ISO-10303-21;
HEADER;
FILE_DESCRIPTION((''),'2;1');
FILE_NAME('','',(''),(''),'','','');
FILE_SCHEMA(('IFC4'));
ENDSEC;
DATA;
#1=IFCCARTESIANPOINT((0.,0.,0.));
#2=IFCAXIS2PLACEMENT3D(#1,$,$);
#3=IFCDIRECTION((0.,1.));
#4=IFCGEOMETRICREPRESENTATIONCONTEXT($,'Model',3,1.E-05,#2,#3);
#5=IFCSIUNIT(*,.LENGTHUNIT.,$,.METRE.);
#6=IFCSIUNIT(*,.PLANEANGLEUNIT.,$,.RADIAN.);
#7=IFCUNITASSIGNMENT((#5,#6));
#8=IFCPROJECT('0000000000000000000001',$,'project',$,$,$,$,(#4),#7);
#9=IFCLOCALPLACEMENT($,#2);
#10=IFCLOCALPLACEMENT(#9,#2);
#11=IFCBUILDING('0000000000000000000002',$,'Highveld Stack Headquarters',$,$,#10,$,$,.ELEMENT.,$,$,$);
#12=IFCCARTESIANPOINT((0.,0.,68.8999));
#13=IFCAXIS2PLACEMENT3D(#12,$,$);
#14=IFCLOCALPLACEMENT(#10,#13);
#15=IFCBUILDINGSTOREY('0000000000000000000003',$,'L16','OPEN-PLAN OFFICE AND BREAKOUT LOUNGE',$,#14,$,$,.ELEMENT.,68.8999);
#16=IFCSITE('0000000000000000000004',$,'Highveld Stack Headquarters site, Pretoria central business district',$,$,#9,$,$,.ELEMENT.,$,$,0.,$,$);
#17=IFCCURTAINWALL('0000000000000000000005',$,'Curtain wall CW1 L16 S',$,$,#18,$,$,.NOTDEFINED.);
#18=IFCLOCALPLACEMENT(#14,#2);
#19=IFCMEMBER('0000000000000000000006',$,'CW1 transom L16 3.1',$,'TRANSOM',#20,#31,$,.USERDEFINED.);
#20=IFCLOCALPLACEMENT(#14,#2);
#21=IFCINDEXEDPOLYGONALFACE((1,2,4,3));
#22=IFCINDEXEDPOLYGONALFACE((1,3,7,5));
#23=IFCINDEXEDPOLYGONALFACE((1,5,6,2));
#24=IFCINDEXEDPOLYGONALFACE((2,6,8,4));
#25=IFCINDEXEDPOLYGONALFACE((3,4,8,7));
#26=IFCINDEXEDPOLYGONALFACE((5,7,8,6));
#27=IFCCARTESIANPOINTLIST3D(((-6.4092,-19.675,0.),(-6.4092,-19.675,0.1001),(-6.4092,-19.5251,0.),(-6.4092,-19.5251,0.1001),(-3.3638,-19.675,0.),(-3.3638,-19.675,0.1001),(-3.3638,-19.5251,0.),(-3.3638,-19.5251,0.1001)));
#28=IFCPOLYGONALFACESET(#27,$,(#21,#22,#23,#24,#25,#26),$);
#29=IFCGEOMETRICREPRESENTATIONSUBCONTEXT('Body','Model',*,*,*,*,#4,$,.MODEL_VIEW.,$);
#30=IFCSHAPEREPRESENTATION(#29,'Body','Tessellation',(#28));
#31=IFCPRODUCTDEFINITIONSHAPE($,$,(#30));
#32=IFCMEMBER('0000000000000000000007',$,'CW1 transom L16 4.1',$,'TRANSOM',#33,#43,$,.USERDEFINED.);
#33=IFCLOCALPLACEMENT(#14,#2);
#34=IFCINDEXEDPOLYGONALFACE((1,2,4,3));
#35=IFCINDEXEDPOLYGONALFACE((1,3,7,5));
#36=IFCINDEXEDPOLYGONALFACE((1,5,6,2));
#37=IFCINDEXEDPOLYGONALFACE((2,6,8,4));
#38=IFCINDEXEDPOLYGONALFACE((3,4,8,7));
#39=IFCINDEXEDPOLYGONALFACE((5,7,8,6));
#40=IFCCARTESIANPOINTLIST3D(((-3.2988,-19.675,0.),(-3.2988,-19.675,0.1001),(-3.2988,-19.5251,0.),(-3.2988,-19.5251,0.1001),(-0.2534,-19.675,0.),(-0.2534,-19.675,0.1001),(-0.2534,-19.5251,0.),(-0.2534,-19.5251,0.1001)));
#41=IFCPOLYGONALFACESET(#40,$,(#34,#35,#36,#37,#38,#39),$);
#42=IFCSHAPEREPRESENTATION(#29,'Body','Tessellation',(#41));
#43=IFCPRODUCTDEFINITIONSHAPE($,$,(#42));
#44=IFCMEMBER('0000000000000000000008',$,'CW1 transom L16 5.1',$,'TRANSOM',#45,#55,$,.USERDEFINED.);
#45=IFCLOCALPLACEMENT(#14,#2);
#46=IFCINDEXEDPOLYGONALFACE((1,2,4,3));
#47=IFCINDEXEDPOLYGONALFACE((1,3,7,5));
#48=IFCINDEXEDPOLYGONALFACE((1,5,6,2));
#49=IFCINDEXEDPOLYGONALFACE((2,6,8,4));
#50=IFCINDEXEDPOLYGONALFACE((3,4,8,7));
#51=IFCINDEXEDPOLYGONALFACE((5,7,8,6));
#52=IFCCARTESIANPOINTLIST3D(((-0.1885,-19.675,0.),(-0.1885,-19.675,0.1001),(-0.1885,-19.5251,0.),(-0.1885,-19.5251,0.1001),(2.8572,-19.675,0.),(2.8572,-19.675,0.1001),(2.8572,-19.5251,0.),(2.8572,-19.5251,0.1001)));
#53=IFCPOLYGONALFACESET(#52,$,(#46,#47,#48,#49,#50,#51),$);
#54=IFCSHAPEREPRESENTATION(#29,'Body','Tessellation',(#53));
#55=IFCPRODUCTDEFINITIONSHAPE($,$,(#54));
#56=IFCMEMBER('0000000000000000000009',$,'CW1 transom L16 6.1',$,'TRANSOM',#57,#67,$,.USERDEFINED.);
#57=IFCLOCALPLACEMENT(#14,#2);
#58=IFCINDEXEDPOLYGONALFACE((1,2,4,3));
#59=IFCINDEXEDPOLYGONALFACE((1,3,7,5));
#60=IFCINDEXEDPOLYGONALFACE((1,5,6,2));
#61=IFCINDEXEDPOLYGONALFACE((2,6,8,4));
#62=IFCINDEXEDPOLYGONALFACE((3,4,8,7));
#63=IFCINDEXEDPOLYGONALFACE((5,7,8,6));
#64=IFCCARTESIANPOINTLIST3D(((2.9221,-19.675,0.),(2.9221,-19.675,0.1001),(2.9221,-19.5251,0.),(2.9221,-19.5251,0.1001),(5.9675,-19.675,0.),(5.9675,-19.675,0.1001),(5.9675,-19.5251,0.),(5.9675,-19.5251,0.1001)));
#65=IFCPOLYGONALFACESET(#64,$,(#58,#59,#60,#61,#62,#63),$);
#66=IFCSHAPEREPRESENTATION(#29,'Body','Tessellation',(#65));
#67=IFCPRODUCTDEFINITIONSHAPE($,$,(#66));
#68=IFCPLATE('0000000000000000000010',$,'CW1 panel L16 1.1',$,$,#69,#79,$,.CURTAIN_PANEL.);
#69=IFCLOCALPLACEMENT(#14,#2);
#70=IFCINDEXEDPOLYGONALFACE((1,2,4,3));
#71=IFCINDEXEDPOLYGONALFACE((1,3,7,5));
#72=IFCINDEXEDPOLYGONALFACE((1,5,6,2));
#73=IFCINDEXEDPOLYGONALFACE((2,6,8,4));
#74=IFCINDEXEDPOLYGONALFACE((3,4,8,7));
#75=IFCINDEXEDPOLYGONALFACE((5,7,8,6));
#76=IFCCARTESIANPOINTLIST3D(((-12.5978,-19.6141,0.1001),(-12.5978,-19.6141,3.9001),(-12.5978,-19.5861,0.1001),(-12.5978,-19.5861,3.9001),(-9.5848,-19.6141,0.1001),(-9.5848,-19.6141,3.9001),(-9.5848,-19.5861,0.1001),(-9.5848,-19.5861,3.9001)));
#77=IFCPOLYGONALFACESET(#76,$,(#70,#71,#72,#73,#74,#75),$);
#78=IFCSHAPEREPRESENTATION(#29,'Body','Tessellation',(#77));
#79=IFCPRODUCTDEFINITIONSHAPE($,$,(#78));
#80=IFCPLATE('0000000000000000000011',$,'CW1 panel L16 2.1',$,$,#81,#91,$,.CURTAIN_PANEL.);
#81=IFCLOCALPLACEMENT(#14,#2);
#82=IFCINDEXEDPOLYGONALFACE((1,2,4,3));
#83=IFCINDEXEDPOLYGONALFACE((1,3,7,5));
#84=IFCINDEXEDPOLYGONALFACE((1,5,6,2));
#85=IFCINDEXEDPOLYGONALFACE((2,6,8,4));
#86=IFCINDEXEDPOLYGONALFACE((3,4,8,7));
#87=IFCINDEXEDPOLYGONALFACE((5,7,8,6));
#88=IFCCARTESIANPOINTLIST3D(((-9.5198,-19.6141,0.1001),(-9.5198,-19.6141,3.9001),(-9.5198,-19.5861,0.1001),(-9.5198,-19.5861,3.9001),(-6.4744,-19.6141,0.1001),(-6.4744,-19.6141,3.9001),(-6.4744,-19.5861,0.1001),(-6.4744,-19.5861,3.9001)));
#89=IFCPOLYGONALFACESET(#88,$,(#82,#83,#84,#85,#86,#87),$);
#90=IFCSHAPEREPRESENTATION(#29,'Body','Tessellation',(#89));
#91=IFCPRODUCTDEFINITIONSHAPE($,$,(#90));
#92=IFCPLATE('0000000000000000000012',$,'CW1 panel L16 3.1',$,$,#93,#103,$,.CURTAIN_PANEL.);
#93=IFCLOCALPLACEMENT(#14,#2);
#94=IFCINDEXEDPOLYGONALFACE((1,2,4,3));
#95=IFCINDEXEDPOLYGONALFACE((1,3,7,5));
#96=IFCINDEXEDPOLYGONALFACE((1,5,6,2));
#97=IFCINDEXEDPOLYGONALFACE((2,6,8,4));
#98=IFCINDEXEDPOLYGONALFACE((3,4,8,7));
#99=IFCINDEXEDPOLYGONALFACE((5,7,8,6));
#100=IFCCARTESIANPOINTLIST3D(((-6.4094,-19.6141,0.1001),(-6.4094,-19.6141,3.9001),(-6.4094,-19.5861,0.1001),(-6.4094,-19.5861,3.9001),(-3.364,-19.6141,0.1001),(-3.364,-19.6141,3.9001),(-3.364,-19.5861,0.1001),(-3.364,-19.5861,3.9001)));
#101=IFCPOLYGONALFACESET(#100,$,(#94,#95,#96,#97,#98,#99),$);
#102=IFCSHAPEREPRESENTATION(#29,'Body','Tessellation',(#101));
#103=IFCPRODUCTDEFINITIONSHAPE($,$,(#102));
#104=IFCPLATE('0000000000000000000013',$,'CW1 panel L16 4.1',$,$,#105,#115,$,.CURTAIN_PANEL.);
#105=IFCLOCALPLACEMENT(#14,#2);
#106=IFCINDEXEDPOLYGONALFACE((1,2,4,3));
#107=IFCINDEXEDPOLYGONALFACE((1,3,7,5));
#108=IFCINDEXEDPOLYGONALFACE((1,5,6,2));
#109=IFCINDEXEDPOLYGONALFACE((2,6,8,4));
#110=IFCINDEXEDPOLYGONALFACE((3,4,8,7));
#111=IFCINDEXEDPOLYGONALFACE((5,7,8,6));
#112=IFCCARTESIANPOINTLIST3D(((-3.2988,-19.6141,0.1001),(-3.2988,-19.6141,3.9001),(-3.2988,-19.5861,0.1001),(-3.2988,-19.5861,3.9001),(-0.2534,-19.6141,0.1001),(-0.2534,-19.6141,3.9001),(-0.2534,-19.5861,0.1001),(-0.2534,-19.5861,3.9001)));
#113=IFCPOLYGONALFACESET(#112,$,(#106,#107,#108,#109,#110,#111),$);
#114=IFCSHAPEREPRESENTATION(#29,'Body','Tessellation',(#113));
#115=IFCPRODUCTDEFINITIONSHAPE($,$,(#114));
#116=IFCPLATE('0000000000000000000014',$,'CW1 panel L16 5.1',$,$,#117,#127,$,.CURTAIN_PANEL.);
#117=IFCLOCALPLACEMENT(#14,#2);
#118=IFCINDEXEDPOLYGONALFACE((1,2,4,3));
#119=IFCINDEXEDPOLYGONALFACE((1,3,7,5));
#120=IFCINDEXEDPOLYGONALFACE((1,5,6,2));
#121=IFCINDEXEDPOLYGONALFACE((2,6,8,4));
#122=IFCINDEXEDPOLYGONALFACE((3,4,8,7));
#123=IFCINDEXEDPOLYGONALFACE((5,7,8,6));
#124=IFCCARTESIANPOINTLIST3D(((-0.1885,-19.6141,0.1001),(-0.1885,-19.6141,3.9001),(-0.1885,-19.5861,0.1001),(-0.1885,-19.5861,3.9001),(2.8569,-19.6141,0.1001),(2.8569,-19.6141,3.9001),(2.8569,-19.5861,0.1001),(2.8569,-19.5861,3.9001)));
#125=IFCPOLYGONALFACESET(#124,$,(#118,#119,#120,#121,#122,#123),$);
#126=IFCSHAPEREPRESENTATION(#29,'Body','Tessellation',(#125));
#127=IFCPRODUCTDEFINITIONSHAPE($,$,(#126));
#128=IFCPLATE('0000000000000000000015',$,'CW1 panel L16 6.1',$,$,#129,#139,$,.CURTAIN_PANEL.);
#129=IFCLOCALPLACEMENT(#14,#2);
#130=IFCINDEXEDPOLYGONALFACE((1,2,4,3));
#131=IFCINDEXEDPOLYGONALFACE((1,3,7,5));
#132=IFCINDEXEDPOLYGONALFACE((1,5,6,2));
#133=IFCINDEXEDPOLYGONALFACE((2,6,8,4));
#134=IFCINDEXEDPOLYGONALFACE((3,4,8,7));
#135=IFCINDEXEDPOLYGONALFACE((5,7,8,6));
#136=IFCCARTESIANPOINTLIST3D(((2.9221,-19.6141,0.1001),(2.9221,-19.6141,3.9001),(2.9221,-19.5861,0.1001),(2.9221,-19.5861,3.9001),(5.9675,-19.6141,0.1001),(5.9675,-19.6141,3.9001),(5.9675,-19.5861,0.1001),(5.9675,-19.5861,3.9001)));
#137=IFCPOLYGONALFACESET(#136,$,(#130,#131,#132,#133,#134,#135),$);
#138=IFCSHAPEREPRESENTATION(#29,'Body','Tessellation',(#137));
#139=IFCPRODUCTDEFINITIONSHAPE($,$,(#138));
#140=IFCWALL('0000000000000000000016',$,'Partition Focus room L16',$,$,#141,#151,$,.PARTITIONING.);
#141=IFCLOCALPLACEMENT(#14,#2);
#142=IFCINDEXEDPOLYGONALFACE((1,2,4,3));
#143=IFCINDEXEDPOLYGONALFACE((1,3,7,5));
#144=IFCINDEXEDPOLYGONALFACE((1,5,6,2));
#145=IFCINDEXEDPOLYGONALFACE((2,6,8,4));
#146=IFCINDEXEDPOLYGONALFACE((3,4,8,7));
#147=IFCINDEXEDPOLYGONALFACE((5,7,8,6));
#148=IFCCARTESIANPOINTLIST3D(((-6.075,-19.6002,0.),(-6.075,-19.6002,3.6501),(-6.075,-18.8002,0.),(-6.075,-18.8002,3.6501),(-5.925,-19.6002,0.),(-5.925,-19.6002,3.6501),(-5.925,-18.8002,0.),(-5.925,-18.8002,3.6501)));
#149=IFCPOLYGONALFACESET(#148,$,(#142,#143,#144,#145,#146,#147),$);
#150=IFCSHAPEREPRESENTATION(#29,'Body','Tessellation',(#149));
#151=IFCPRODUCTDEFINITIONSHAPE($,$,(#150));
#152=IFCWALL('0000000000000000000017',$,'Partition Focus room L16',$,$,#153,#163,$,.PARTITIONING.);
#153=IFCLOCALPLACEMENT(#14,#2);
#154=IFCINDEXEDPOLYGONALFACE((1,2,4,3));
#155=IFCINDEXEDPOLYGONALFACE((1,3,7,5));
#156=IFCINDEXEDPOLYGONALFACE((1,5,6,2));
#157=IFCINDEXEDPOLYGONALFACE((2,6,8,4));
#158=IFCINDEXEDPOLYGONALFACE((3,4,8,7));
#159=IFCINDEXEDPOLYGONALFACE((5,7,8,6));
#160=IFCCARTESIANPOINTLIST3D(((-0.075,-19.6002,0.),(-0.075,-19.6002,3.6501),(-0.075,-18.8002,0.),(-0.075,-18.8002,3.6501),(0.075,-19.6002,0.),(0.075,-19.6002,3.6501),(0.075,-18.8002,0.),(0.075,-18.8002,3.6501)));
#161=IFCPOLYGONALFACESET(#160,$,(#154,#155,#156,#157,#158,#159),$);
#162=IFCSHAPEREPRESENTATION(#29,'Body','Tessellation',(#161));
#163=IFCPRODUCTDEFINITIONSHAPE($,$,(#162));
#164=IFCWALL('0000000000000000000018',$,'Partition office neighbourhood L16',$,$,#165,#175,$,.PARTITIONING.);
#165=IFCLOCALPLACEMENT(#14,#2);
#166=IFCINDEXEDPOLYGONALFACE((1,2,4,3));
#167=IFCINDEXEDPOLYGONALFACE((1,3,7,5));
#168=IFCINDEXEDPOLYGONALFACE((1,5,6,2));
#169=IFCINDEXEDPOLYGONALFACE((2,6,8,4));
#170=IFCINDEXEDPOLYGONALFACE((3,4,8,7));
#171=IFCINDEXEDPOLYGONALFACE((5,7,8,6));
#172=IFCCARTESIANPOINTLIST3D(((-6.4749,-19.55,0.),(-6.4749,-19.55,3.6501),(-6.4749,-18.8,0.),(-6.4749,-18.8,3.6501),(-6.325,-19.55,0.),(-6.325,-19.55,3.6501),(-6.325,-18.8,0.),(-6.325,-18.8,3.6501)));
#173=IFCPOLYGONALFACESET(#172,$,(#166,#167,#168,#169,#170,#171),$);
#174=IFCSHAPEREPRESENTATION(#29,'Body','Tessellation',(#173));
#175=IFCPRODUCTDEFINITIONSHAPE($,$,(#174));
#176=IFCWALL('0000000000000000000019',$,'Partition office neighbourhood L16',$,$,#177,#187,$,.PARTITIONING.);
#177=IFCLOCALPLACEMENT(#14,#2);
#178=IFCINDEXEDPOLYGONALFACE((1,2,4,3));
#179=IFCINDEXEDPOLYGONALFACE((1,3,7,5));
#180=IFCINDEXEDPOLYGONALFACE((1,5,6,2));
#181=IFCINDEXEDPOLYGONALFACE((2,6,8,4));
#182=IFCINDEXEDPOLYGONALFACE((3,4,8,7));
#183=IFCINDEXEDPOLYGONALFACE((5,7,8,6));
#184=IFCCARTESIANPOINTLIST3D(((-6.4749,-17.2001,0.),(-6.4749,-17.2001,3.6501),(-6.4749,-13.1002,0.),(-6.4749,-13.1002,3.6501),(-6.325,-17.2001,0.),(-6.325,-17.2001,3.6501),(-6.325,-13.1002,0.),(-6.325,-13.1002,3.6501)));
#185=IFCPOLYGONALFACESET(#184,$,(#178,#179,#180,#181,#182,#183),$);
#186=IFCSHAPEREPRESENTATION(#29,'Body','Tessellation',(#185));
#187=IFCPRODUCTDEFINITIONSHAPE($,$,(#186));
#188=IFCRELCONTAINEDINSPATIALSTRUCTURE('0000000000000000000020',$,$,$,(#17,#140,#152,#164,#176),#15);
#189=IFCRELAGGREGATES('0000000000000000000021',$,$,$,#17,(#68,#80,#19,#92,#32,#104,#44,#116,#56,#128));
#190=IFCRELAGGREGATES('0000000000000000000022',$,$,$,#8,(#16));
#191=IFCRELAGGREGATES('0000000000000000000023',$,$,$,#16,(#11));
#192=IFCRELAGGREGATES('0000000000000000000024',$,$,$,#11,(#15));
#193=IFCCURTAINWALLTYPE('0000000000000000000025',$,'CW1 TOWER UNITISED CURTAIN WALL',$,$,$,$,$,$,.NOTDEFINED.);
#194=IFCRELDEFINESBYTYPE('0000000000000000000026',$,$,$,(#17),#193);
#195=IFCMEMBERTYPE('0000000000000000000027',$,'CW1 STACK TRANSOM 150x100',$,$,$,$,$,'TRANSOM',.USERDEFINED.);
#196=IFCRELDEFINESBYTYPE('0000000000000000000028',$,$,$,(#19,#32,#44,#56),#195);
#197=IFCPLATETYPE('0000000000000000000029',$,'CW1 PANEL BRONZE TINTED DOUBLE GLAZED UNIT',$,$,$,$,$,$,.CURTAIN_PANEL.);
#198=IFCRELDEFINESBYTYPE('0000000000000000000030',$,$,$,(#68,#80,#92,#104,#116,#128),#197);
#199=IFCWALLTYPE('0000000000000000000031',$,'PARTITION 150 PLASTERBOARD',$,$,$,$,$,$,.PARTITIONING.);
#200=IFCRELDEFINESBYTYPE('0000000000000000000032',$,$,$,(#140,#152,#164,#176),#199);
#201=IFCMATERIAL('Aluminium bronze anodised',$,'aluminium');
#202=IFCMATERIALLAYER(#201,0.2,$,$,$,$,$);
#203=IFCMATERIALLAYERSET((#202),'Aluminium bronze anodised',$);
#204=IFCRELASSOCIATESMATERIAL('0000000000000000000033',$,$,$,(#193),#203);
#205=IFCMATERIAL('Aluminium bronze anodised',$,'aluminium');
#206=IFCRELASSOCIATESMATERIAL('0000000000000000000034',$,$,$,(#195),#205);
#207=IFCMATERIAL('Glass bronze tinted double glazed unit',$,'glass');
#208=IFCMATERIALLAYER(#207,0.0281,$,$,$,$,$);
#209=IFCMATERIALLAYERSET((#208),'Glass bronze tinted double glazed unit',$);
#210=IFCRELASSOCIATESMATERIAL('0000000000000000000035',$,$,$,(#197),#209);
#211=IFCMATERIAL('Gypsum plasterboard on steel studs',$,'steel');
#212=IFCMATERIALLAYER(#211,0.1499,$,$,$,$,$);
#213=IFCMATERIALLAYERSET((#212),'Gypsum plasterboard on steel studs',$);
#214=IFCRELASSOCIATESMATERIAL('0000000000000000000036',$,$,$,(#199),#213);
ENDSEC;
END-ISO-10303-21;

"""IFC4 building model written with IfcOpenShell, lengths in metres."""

from ifc_helpers import new_model, si_unit, direction, frame, frame_2d, origin, origin_2d, place, context, subcontext, project, spatial, rectangle, extrude, material, layer, layer_set, material_profile, profile_set, type_object, element, aggregate, save


model = new_model("IFC4")

# Units and contexts
model_context = context("Model", 3, precision=1e-05, world=origin(), true_north=direction((0.0, 1.0)))
body_context = subcontext(model_context, "Body", "Model", "MODEL_VIEW")
ifc_project = project(units=[si_unit("LENGTHUNIT", "METRE"), si_unit("PLANEANGLEUNIT", "RADIAN")], contexts=[model_context])

# Site, building, storey
site_placement = place(None, origin())
site = spatial("IfcSite", under=ifc_project, at=site_placement, Name="Highveld Stack Headquarters site, Pretoria central business district", CompositionType="ELEMENT", RefElevation=0.0)
building_placement = place(site_placement, origin())
building = spatial("IfcBuilding", under=site, at=building_placement, Name="Highveld Stack Headquarters", CompositionType="ELEMENT")
storey_placement = place(building_placement, frame((0.0, 0.0, 68.8999)))
storey = spatial("IfcBuildingStorey", under=building, at=storey_placement, Name="L16", Description="OPEN-PLAN OFFICE AND BREAKOUT LOUNGE", CompositionType="ELEMENT", Elevation=68.8999)

# Curtain wall, members, plates
ifc_material_1 = material(Name="Aluminium bronze anodised", Category="aluminium")
ifc_layer_1 = layer(ifc_material_1, 0.2)
ifc_layer_set_1 = layer_set([ifc_layer_1], Name="Aluminium bronze anodised")
curtain_wall_type = type_object("IfcCurtainWallType", Name="CW1 TOWER UNITISED CURTAIN WALL", PredefinedType="NOTDEFINED", material=ifc_layer_set_1)
curtain_wall_placement = place(storey_placement, origin())
curtain_wall = element("IfcCurtainWall", 1, at=curtain_wall_placement, inside=storey, type_object=curtain_wall_type, Name="Curtain wall CW1 L16 S", PredefinedType="NOTDEFINED")
ifc_material_2 = material(Name="Aluminium bronze anodised", Category="aluminium")
ifc_material_profile_1 = material_profile(ifc_material_2, rectangle(XDim=0.1499, YDim=0.1001, at=origin_2d()), Name="CW1 TRANSOM 150x100")
ifc_profile_set_1 = profile_set([ifc_material_profile_1], Name="Aluminium bronze anodised")
member_type_1 = type_object("IfcMemberType", Name="CW1 STACK TRANSOM 150x100", ElementType="TRANSOM", PredefinedType="USERDEFINED", material=ifc_profile_set_1)
member_1_placement = place(storey_placement, frame((-6.4092, -19.6001, 0.05), z_axis=(1.0, 0.0, 0.0), x_axis=(0.0, 1.0, 0.0)))
member_1 = element("IfcMember", 2, at=member_1_placement, type_object=member_type_1, Name="CW1 transom L16 3.1", ObjectType="TRANSOM", PredefinedType="USERDEFINED", context=body_context, shape_type="SweptSolid", body=[
    extrude(rectangle(XDim=0.1499, YDim=0.1001, at=origin_2d()), origin(), (0.0, 0.0, 1.0), 3.0454),
])
member_2_placement = place(storey_placement, frame((-3.2988, -19.6001, 0.05), z_axis=(1.0, 0.0, 0.0), x_axis=(0.0, 1.0, 0.0)))
member_2 = element("IfcMember", 3, at=member_2_placement, type_object=member_type_1, Name="CW1 transom L16 4.1", ObjectType="TRANSOM", PredefinedType="USERDEFINED", context=body_context, shape_type="SweptSolid", body=[
    extrude(rectangle(XDim=0.1499, YDim=0.1001, at=origin_2d()), origin(), (0.0, 0.0, 1.0), 3.0454),
])
member_3_placement = place(storey_placement, frame((-0.1885, -19.6001, 0.05), z_axis=(1.0, 0.0, 0.0), x_axis=(0.0, 1.0, 0.0)))
member_3 = element("IfcMember", 4, at=member_3_placement, type_object=member_type_1, Name="CW1 transom L16 5.1", ObjectType="TRANSOM", PredefinedType="USERDEFINED", context=body_context, shape_type="SweptSolid", body=[
    extrude(rectangle(XDim=0.1499, YDim=0.1001, at=origin_2d()), origin(), (0.0, 0.0, 1.0), 3.0457),
])
member_4_placement = place(storey_placement, frame((2.9221, -19.6001, 0.05), z_axis=(1.0, 0.0, 0.0), x_axis=(0.0, 1.0, 0.0)))
member_4 = element("IfcMember", 5, at=member_4_placement, type_object=member_type_1, Name="CW1 transom L16 6.1", ObjectType="TRANSOM", PredefinedType="USERDEFINED", context=body_context, shape_type="SweptSolid", body=[
    extrude(rectangle(XDim=0.1499, YDim=0.1001, at=origin_2d()), origin(), (0.0, 0.0, 1.0), 3.0454),
])
ifc_material_3 = material(Name="Glass bronze tinted double glazed unit", Category="glass")
ifc_layer_2 = layer(ifc_material_3, 0.0281)
ifc_layer_set_2 = layer_set([ifc_layer_2], Name="Glass bronze tinted double glazed unit")
plate_type = type_object("IfcPlateType", Name="CW1 PANEL BRONZE TINTED DOUBLE GLAZED UNIT", PredefinedType="CURTAIN_PANEL", material=ifc_layer_set_2)
plate_1_placement = place(storey_placement, frame((-11.0913, -19.6001, 0.1001), z_axis=(0.0, 0.0, 1.0), x_axis=(1.0, 0.0, 0.0)))
plate_1 = element("IfcPlate", 6, at=plate_1_placement, type_object=plate_type, Name="CW1 panel L16 1.1", PredefinedType="CURTAIN_PANEL", context=body_context, shape_type="SweptSolid", body=[
    extrude(rectangle(XDim=3.0129, YDim=0.0281, at=origin_2d()), origin(), (0.0, 0.0, 1.0), 3.8),
])
plate_2_placement = place(storey_placement, frame((-7.9971, -19.6001, 0.1001), z_axis=(0.0, 0.0, 1.0), x_axis=(1.0, 0.0, 0.0)))
plate_2 = element("IfcPlate", 7, at=plate_2_placement, type_object=plate_type, Name="CW1 panel L16 2.1", PredefinedType="CURTAIN_PANEL", context=body_context, shape_type="SweptSolid", body=[
    extrude(rectangle(XDim=3.0454, YDim=0.0281, at=origin_2d()), origin(), (0.0, 0.0, 1.0), 3.8),
])
plate_3_placement = place(storey_placement, frame((-4.8867, -19.6001, 0.1001), z_axis=(0.0, 0.0, 1.0), x_axis=(1.0, 0.0, 0.0)))
plate_3 = element("IfcPlate", 8, at=plate_3_placement, type_object=plate_type, Name="CW1 panel L16 3.1", PredefinedType="CURTAIN_PANEL", context=body_context, shape_type="SweptSolid", body=[
    extrude(rectangle(XDim=3.0454, YDim=0.0281, at=origin_2d()), origin(), (0.0, 0.0, 1.0), 3.8),
])
plate_4_placement = place(storey_placement, frame((-1.7761, -19.6001, 0.1001), z_axis=(0.0, 0.0, 1.0), x_axis=(1.0, 0.0, 0.0)))
plate_4 = element("IfcPlate", 9, at=plate_4_placement, type_object=plate_type, Name="CW1 panel L16 4.1", PredefinedType="CURTAIN_PANEL", context=body_context, shape_type="SweptSolid", body=[
    extrude(rectangle(XDim=3.0454, YDim=0.0281, at=origin_2d()), origin(), (0.0, 0.0, 1.0), 3.8),
])
plate_5_placement = place(storey_placement, frame((1.3342, -19.6001, 0.1001), z_axis=(0.0, 0.0, 1.0), x_axis=(1.0, 0.0, 0.0)))
plate_5 = element("IfcPlate", 10, at=plate_5_placement, type_object=plate_type, Name="CW1 panel L16 5.1", PredefinedType="CURTAIN_PANEL", context=body_context, shape_type="SweptSolid", body=[
    extrude(rectangle(XDim=3.0454, YDim=0.0281, at=origin_2d()), origin(), (0.0, 0.0, 1.0), 3.8),
])
plate_6_placement = place(storey_placement, frame((4.4448, -19.6001, 0.1001), z_axis=(0.0, 0.0, 1.0), x_axis=(1.0, 0.0, 0.0)))
plate_6 = element("IfcPlate", 11, at=plate_6_placement, type_object=plate_type, Name="CW1 panel L16 6.1", PredefinedType="CURTAIN_PANEL", context=body_context, shape_type="SweptSolid", body=[
    extrude(rectangle(XDim=3.0454, YDim=0.0281, at=origin_2d()), origin(), (0.0, 0.0, 1.0), 3.8),
])
aggregate(curtain_wall, [plate_1, plate_2, member_1, plate_3, member_2, plate_4, member_3, plate_5, member_4, plate_6])

# Walls
ifc_material_4 = material(Name="Gypsum plasterboard on steel studs", Category="steel")
ifc_layer_3 = layer(ifc_material_4, 0.1499)
ifc_layer_set_3 = layer_set([ifc_layer_3], Name="Gypsum plasterboard on steel studs")
wall_type = type_object("IfcWallType", Name="PARTITION 150 PLASTERBOARD", PredefinedType="PARTITIONING", material=ifc_layer_set_3)
for number, where, z_axis, x_axis, name in (
    (12, (-6.0, -19.6001, 0.0), (0.0, 0.0, 1.0), (0.0, 1.0, 0.0), "Partition Focus room L16"),
    (13, (0.0, -19.6001, 0.0), (0.0, 0.0, 1.0), (0.0, 1.0, 0.0), "Partition Focus room L16"),
):
    element("IfcWall", number, at=place(storey_placement, frame(where, z_axis=z_axis, x_axis=x_axis)), inside=storey, type_object=wall_type, Name=name, PredefinedType="PARTITIONING", context=body_context, shape_type="SweptSolid", body=[
        extrude(rectangle(XDim=0.8, YDim=0.1499, at=frame_2d((0.3999, 0.0))), origin(), (0.0, 0.0, 1.0), 3.6501),
    ])
wall_1_placement = place(storey_placement, frame((-6.3999, -19.55, 0.0), z_axis=(0.0, 0.0, 1.0), x_axis=(0.0, 1.0, 0.0)))
element("IfcWall", 14, at=wall_1_placement, inside=storey, type_object=wall_type, Name="Partition office neighbourhood L16", PredefinedType="PARTITIONING", context=body_context, shape_type="SweptSolid", body=[
    extrude(rectangle(XDim=0.75, YDim=0.1499, at=frame_2d((0.375, 0.0))), origin(), (0.0, 0.0, 1.0), 3.6501),
])
wall_2_placement = place(storey_placement, frame((-6.3999, -17.2, 0.0), z_axis=(0.0, 0.0, 1.0), x_axis=(0.0, 1.0, 0.0)))
element("IfcWall", 15, at=wall_2_placement, inside=storey, type_object=wall_type, Name="Partition office neighbourhood L16", PredefinedType="PARTITIONING", context=body_context, shape_type="SweptSolid", body=[
    extrude(rectangle(XDim=4.0999, YDim=0.1499, at=frame_2d((2.0498, 0.0))), origin(), (0.0, 0.0, 1.0), 3.6501),
])

save(model, "model.ifc")
